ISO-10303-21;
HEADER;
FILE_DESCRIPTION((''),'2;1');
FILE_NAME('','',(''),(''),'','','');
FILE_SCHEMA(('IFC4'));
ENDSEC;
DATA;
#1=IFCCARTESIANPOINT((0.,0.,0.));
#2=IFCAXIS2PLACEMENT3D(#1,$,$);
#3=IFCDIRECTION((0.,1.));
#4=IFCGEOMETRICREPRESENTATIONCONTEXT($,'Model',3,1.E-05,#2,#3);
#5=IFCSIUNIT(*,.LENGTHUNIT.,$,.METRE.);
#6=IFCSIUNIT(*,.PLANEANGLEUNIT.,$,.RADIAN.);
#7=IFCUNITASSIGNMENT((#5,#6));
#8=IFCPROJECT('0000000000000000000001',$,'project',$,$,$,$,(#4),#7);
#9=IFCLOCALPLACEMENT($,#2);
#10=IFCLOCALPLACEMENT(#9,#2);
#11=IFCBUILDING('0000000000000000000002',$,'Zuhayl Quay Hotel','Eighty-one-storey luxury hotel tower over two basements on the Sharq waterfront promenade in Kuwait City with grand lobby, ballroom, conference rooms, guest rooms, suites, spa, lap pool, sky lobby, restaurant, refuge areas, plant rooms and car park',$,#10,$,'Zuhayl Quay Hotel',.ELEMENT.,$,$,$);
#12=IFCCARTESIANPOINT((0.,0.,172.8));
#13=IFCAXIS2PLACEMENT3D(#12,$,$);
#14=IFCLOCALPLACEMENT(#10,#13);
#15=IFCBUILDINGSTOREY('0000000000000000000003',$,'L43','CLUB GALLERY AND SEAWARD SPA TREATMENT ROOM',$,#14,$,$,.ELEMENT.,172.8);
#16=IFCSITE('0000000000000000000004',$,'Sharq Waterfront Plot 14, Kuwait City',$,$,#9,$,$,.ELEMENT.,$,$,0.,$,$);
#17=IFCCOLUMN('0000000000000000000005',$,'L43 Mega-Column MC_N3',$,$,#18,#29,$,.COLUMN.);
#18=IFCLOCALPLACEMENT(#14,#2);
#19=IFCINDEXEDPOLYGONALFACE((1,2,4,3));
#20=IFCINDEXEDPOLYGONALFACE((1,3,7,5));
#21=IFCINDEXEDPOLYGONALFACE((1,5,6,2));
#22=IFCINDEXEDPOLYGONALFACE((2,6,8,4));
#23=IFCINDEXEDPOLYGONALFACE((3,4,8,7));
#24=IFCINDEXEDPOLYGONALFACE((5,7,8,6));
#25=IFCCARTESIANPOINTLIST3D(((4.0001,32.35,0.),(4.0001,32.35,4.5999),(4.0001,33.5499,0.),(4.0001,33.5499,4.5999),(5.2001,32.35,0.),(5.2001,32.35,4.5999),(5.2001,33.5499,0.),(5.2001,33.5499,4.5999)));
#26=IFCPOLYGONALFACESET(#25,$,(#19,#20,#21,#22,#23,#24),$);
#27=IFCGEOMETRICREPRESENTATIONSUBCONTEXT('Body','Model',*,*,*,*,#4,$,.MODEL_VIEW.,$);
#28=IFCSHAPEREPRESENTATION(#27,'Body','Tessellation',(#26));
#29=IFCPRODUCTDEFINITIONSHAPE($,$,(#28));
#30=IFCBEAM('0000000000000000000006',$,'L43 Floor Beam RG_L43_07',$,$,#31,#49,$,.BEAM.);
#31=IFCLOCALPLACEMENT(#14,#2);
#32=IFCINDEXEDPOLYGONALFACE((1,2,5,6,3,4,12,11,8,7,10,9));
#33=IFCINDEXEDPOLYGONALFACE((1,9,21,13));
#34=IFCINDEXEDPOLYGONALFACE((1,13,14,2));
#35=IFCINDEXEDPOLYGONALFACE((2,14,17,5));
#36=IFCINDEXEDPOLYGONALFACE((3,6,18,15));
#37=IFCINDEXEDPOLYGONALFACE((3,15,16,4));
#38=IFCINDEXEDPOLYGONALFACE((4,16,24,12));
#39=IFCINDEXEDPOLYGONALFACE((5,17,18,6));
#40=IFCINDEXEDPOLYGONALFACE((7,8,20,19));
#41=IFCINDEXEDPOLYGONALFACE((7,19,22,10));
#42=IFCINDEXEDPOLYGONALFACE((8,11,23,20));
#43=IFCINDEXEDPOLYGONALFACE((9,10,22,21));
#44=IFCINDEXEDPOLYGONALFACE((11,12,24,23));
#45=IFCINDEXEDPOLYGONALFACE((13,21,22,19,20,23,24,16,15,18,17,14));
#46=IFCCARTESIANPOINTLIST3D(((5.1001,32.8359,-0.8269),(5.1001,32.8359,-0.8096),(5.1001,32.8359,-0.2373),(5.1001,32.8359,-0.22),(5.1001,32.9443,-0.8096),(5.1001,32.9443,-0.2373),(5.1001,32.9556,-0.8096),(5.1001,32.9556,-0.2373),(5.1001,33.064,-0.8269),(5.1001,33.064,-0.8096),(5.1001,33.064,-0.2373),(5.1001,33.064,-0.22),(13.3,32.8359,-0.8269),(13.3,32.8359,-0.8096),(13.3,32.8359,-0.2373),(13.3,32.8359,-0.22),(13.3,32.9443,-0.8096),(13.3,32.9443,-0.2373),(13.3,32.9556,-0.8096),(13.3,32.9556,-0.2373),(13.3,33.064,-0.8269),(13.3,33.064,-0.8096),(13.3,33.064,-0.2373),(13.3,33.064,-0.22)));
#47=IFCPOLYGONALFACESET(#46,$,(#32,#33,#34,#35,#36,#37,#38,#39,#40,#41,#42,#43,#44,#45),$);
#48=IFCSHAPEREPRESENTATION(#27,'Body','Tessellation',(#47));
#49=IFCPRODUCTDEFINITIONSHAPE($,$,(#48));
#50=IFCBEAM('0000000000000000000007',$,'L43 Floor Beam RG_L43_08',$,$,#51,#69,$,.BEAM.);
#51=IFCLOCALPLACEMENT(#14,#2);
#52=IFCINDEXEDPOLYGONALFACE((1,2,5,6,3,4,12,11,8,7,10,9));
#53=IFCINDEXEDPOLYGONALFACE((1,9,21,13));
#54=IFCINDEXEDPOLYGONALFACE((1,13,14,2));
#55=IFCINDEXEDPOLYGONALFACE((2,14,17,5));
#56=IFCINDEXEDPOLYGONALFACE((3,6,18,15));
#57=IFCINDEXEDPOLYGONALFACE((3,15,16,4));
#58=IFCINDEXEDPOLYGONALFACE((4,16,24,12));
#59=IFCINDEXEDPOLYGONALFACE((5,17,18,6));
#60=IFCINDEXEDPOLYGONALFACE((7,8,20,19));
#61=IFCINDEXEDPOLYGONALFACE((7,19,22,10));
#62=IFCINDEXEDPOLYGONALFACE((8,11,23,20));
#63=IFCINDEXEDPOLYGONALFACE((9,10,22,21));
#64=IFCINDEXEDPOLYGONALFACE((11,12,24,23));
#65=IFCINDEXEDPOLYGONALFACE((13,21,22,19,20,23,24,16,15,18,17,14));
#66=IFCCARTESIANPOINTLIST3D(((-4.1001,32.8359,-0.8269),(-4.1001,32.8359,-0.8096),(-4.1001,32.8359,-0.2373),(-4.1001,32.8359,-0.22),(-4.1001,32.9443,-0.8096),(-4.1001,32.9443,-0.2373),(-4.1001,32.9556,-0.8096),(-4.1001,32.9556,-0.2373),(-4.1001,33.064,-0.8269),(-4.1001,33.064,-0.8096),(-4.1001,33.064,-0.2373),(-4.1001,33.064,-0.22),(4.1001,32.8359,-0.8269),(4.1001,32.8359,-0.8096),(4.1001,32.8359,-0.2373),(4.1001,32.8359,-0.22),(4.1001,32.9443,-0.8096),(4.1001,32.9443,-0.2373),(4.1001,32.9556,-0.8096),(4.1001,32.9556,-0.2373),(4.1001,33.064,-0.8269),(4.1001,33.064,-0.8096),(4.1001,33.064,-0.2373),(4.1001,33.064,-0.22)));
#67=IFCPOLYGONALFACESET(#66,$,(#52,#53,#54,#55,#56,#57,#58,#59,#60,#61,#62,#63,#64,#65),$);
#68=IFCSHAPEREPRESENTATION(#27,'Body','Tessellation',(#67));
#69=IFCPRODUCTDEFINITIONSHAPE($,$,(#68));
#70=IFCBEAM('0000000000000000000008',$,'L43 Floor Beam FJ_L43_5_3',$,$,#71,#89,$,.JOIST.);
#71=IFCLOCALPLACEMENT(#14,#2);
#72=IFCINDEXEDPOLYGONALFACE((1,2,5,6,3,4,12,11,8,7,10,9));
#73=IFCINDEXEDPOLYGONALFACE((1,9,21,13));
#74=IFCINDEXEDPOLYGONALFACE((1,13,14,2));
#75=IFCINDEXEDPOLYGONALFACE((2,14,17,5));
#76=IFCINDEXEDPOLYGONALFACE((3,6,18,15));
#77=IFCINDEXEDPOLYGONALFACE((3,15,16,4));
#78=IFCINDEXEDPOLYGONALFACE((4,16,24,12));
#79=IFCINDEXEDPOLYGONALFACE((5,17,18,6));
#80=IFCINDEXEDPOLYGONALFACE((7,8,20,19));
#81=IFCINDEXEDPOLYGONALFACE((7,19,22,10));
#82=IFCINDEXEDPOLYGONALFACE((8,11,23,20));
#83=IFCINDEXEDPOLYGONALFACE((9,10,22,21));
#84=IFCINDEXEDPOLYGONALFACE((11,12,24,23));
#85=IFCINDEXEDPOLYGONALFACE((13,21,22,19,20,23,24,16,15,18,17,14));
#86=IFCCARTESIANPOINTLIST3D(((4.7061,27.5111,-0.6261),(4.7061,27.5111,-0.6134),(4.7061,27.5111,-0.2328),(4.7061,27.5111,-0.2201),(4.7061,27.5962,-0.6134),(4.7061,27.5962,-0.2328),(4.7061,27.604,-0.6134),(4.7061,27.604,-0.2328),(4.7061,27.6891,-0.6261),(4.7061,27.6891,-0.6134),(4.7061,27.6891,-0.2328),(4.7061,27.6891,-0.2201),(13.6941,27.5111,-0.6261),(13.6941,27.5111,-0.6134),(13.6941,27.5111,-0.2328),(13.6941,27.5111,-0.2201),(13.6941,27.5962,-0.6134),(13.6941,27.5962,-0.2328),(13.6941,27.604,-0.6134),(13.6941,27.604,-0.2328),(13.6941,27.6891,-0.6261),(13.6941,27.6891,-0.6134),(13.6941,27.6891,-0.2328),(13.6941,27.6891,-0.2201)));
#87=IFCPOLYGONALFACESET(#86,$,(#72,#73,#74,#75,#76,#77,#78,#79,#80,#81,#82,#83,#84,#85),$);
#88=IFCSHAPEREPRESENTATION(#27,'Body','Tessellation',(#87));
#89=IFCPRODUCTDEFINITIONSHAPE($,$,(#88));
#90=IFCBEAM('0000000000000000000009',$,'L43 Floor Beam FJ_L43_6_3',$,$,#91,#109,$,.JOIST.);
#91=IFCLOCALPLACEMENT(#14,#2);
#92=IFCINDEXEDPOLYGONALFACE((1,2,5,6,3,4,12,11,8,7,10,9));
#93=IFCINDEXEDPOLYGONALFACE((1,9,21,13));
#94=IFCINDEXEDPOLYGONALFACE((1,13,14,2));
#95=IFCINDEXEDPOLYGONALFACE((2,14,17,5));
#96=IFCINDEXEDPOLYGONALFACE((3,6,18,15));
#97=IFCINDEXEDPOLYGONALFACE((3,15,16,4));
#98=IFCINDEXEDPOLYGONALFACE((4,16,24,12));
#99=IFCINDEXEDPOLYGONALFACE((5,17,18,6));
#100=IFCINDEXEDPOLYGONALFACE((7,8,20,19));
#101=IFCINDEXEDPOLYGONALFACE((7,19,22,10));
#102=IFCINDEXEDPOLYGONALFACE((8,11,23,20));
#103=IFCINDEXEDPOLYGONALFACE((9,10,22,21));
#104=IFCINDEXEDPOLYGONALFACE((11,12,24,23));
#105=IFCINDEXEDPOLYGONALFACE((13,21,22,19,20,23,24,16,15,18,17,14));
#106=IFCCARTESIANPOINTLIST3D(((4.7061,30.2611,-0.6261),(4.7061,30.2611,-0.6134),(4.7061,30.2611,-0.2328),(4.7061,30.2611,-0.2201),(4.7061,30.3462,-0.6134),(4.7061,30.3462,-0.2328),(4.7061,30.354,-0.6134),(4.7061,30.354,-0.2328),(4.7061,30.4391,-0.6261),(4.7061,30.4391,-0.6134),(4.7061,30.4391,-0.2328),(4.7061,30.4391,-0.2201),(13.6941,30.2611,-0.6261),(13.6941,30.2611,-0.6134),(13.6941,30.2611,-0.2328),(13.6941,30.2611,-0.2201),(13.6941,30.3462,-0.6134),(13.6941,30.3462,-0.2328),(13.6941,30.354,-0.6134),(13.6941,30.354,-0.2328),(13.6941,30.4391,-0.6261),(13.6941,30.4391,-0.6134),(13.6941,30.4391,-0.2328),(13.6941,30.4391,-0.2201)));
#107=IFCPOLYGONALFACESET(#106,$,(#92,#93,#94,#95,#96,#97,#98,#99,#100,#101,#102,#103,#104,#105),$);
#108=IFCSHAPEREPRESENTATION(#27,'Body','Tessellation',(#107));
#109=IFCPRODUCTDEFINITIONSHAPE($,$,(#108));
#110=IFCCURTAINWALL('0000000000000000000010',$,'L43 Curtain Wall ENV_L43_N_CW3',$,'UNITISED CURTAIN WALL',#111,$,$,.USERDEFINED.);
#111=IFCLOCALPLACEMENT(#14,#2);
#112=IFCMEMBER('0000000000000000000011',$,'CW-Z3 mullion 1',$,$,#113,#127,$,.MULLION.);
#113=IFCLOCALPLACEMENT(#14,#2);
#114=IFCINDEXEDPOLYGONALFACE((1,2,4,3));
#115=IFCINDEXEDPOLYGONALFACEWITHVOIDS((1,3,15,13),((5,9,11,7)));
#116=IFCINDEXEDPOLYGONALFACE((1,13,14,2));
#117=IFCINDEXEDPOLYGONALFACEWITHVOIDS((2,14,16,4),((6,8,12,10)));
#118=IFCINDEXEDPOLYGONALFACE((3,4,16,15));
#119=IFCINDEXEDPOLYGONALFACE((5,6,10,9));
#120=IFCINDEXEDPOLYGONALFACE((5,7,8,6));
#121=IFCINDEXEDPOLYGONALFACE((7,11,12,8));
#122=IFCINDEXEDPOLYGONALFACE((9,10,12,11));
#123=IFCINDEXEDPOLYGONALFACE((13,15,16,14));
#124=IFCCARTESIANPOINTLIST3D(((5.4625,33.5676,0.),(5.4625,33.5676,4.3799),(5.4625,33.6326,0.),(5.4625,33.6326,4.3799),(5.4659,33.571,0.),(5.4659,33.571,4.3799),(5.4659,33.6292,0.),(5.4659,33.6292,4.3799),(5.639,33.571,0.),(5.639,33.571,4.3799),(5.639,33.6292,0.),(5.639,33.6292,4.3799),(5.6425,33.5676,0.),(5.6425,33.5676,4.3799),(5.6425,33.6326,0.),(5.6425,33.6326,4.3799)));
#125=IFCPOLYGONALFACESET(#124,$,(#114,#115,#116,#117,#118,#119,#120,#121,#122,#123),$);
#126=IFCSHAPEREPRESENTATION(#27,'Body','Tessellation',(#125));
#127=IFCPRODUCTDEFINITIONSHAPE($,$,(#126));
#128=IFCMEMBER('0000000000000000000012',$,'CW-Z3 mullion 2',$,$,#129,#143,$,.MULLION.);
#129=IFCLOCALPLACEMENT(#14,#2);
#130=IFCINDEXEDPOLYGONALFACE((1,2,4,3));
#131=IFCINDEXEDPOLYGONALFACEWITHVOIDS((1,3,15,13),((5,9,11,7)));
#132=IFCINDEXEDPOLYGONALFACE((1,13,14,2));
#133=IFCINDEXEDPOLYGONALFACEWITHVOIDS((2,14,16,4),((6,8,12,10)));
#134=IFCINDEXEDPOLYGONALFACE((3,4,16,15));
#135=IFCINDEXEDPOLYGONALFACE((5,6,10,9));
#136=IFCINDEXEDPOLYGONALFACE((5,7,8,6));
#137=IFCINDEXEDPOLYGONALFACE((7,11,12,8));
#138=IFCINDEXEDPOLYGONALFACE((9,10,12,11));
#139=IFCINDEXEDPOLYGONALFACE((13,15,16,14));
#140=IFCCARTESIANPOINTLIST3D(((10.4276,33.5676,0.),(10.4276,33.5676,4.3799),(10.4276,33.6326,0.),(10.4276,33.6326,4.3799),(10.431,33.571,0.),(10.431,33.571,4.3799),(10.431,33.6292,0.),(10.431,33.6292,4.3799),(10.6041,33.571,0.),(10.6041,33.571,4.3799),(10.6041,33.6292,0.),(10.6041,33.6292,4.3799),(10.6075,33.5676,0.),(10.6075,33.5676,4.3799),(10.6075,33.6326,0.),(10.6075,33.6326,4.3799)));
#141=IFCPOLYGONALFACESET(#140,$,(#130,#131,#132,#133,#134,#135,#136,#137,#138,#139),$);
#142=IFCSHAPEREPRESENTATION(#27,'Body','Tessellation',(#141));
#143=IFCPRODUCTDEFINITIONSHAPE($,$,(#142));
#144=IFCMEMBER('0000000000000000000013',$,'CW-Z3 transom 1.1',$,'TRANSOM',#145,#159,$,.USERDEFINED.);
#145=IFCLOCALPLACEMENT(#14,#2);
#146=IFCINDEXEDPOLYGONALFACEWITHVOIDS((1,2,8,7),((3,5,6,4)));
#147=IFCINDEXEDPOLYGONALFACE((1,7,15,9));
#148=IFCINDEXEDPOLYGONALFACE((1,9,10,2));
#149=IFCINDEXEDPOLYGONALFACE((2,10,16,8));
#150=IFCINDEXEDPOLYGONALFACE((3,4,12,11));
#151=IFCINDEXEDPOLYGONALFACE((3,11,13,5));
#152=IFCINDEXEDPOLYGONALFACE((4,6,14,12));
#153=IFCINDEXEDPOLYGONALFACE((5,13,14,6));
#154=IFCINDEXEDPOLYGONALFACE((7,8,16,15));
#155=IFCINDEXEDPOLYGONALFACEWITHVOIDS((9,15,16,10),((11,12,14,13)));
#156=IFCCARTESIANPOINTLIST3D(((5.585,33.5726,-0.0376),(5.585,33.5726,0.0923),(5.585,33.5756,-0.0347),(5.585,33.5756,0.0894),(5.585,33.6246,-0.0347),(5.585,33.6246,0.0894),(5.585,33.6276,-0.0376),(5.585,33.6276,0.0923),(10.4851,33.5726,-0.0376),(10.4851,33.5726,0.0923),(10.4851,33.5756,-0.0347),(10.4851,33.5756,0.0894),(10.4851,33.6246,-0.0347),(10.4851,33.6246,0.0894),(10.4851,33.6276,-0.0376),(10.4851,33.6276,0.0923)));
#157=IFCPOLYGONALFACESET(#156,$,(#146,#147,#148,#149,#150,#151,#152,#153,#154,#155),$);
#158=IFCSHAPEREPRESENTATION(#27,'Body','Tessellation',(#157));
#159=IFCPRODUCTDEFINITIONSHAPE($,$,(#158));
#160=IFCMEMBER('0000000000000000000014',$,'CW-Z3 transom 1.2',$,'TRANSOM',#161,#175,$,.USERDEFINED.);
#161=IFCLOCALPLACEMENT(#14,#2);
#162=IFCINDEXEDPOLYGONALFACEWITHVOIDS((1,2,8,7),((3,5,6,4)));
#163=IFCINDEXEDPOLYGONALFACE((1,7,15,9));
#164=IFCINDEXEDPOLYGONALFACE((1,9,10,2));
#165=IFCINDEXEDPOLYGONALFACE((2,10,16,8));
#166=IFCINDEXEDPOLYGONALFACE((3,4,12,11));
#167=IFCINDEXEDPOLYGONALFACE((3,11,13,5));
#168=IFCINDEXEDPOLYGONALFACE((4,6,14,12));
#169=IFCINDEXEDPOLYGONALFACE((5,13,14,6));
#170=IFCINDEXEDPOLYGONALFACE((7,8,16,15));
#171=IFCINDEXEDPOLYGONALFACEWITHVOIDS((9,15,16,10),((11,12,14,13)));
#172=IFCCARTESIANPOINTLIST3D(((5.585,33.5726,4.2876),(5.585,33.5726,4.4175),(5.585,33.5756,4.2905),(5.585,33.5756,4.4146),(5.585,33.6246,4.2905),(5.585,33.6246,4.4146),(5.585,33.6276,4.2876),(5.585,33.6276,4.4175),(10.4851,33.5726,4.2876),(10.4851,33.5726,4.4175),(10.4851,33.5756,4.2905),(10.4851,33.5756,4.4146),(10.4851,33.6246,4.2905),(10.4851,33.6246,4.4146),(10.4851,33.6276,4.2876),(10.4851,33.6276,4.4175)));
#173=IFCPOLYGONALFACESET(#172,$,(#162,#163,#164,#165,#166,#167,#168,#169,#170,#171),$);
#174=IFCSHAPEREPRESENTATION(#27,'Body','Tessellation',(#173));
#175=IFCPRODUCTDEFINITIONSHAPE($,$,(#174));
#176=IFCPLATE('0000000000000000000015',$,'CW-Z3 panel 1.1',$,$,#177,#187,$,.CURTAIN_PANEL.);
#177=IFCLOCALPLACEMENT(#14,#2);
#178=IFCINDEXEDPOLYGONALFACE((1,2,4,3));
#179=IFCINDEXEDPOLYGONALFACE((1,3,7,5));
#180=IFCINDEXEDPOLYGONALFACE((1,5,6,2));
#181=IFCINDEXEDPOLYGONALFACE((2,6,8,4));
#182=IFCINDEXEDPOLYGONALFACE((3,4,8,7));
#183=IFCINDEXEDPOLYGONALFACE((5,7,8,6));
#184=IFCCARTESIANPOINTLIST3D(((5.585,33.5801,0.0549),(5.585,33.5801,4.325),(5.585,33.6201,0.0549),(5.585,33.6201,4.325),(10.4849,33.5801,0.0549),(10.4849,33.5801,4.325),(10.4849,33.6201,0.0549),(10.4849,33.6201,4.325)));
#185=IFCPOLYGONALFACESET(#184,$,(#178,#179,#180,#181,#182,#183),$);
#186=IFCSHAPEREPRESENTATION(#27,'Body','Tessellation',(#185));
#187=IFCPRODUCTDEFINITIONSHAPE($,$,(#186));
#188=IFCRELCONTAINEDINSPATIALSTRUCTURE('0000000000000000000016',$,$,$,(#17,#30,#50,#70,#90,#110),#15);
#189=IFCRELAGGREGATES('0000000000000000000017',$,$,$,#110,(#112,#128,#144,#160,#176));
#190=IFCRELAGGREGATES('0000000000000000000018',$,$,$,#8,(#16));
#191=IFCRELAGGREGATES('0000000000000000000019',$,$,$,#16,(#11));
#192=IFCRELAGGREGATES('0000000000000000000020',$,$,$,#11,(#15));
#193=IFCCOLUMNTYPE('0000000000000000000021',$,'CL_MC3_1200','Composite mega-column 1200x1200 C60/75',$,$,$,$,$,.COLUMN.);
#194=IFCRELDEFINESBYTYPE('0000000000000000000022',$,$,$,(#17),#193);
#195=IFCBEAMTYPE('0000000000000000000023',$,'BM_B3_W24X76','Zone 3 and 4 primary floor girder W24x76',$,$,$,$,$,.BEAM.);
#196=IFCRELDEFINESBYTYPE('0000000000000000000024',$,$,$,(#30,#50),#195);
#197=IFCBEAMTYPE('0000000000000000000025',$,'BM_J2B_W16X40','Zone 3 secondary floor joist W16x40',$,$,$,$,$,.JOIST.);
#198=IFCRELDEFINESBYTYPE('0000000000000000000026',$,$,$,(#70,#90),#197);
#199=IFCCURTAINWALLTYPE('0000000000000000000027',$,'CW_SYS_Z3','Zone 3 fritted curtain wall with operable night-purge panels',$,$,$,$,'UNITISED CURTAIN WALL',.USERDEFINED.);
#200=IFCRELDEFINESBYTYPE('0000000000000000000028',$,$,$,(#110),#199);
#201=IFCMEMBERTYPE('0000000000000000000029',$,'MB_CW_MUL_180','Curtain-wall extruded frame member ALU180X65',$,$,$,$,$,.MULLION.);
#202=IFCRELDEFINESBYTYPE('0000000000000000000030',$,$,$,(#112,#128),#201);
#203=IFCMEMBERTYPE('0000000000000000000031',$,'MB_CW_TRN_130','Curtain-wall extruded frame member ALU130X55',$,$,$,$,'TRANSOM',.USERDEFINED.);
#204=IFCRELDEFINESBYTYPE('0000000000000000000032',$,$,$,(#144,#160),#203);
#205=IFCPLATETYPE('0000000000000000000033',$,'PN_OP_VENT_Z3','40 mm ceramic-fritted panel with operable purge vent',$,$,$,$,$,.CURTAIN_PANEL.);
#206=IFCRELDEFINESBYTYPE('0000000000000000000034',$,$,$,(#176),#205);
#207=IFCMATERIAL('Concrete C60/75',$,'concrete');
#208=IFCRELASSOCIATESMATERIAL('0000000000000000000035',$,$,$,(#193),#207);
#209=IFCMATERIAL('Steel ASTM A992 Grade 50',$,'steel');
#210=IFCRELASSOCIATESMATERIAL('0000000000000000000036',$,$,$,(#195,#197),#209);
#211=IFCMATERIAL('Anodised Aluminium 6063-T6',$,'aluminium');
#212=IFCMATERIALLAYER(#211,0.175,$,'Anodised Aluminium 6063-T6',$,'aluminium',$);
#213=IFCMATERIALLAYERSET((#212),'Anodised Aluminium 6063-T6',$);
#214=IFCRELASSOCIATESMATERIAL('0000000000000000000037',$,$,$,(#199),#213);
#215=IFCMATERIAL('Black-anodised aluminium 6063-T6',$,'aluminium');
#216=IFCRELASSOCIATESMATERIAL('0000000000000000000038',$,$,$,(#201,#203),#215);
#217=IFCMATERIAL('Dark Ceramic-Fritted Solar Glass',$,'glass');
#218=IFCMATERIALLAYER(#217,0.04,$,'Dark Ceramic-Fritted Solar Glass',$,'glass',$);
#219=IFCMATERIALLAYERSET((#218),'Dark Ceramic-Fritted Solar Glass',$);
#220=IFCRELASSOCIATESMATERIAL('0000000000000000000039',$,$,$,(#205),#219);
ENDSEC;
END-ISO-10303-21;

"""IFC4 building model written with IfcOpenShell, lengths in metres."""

from ifc_helpers import new_model, si_unit, direction, frame, origin, origin_2d, place, context, subcontext, project, spatial, rectangle, hollow_rectangle, i_section, extrude, material, layer, layer_set, material_profile, profile_set, type_object, element, aggregate, save


model = new_model("IFC4")

# Units and contexts
model_context = context("Model", 3, precision=1e-05, world=origin(), true_north=direction((0.0, 1.0)))
body_context = subcontext(model_context, "Body", "Model", "MODEL_VIEW")
ifc_project = project(units=[si_unit("LENGTHUNIT", "METRE"), si_unit("PLANEANGLEUNIT", "RADIAN")], contexts=[model_context])

# Site, building, storey
site_placement = place(None, origin())
site = spatial("IfcSite", under=ifc_project, at=site_placement, Name="Sharq Waterfront Plot 14, Kuwait City", CompositionType="ELEMENT", RefElevation=0.0)
building_placement = place(site_placement, origin())
building = spatial("IfcBuilding", under=site, at=building_placement, Name="Zuhayl Quay Hotel", Description="Eighty-one-storey luxury hotel tower over two basements on the Sharq waterfront promenade in Kuwait City with grand lobby, ballroom, conference rooms, guest rooms, suites, spa, lap pool, sky lobby, restaurant, refuge areas, plant rooms and car park", LongName="Zuhayl Quay Hotel", CompositionType="ELEMENT")
storey_placement = place(building_placement, frame((0.0, 0.0, 172.8)))
storey = spatial("IfcBuildingStorey", under=building, at=storey_placement, Name="L43", Description="CLUB GALLERY AND SEAWARD SPA TREATMENT ROOM", CompositionType="ELEMENT", Elevation=172.8)

# Column
ifc_material_1 = material(Name="Concrete C60/75", Category="concrete")
ifc_material_profile_1 = material_profile(ifc_material_1, rectangle(XDim=1.2, YDim=1.2, at=origin_2d()), Name="RC1200X1200")
ifc_profile_set_1 = profile_set([ifc_material_profile_1], Name="Concrete C60/75")
column_type = type_object("IfcColumnType", Name="CL_MC3_1200", Description="Composite mega-column 1200x1200 C60/75", PredefinedType="COLUMN", material=ifc_profile_set_1)
column_placement = place(storey_placement, frame((4.6001, 32.95, 0.0), z_axis=(0.0, 0.0, 1.0), x_axis=(1.0, 0.0, 0.0)))
element("IfcColumn", 1, at=column_placement, inside=storey, type_object=column_type, Name="L43 Mega-Column MC_N3", PredefinedType="COLUMN", context=body_context, shape_type="SweptSolid", body=[
    extrude(rectangle(XDim=1.2, YDim=1.2, at=origin_2d()), origin(), (0.0, 0.0, 1.0), 4.5999),
])

# Beams
ifc_material_2 = material(Name="Steel ASTM A992 Grade 50", Category="steel")
ifc_material_profile_2 = material_profile(ifc_material_2, i_section(OverallWidth=0.228, OverallDepth=0.6069, WebThickness=0.0112, FlangeThickness=0.0173, at=origin_2d()), Name="W24X76")
ifc_profile_set_2 = profile_set([ifc_material_profile_2], Name="Steel ASTM A992 Grade 50")
beam_type_1 = type_object("IfcBeamType", Name="BM_B3_W24X76", Description="Zone 3 and 4 primary floor girder W24x76", PredefinedType="BEAM", material=ifc_profile_set_2)
beam_1_placement = place(storey_placement, frame((13.3, 32.95, -0.5234), z_axis=(-1.0, 0.0, 0.0), x_axis=(0.0, -1.0, 0.0)))
element("IfcBeam", 2, at=beam_1_placement, inside=storey, type_object=beam_type_1, Name="L43 Floor Beam RG_L43_07", PredefinedType="BEAM", context=body_context, shape_type="SweptSolid", body=[
    extrude(i_section(OverallWidth=0.228, OverallDepth=0.6069, WebThickness=0.0112, FlangeThickness=0.0173, at=origin_2d()), origin(), (0.0, 0.0, 1.0), 8.2),
])
beam_2_placement = place(storey_placement, frame((4.1001, 32.95, -0.5234), z_axis=(-1.0, 0.0, 0.0), x_axis=(0.0, -1.0, 0.0)))
element("IfcBeam", 3, at=beam_2_placement, inside=storey, type_object=beam_type_1, Name="L43 Floor Beam RG_L43_08", PredefinedType="BEAM", context=body_context, shape_type="SweptSolid", body=[
    extrude(i_section(OverallWidth=0.228, OverallDepth=0.6069, WebThickness=0.0112, FlangeThickness=0.0173, at=origin_2d()), origin(), (0.0, 0.0, 1.0), 8.2002),
])
ifc_material_profile_3 = material_profile(ifc_material_2, i_section(OverallWidth=0.178, OverallDepth=0.406, WebThickness=0.0078, FlangeThickness=0.0127, at=origin_2d()), Name="W16X40")
ifc_profile_set_3 = profile_set([ifc_material_profile_3], Name="Steel ASTM A992 Grade 50")
beam_type_2 = type_object("IfcBeamType", Name="BM_J2B_W16X40", Description="Zone 3 secondary floor joist W16x40", PredefinedType="JOIST", material=ifc_profile_set_3)
for number, where, z_axis, x_axis, name in (
    (4, (4.7061, 27.6001, -0.4231), (1.0, 0.0, 0.0), (0.0, 1.0, 0.0), "L43 Floor Beam FJ_L43_5_3"),
    (5, (4.7061, 30.3501, -0.4231), (1.0, 0.0, 0.0), (0.0, 1.0, 0.0), "L43 Floor Beam FJ_L43_6_3"),
):
    element("IfcBeam", number, at=place(storey_placement, frame(where, z_axis=z_axis, x_axis=x_axis)), inside=storey, type_object=beam_type_2, Name=name, PredefinedType="JOIST", context=body_context, shape_type="SweptSolid", body=[
        extrude(i_section(OverallWidth=0.178, OverallDepth=0.406, WebThickness=0.0078, FlangeThickness=0.0127, at=origin_2d()), origin(), (0.0, 0.0, 1.0), 8.988),
    ])

# Curtain wall, members, plate
ifc_material_3 = material(Name="Anodised Aluminium 6063-T6", Category="aluminium")
ifc_layer_1 = layer(ifc_material_3, 0.175, Name="Anodised Aluminium 6063-T6", Category="aluminium")
ifc_layer_set_1 = layer_set([ifc_layer_1], Name="Anodised Aluminium 6063-T6")
curtain_wall_type = type_object("IfcCurtainWallType", Name="CW_SYS_Z3", Description="Zone 3 fritted curtain wall with operable night-purge panels", ElementType="UNITISED CURTAIN WALL", PredefinedType="USERDEFINED", material=ifc_layer_set_1)
curtain_wall_placement = place(storey_placement, origin())
curtain_wall = element("IfcCurtainWall", 6, at=curtain_wall_placement, inside=storey, type_object=curtain_wall_type, Name="L43 Curtain Wall ENV_L43_N_CW3", ObjectType="UNITISED CURTAIN WALL", PredefinedType="USERDEFINED")
ifc_material_4 = material(Name="Black-anodised aluminium 6063-T6", Category="aluminium")
ifc_material_profile_4 = material_profile(ifc_material_4, hollow_rectangle(XDim=0.0649, YDim=0.1799, WallThickness=0.0034, at=origin_2d()), Name="ALU180X65")
ifc_profile_set_4 = profile_set([ifc_material_profile_4], Name="Black-anodised aluminium 6063-T6")
member_type_1 = type_object("IfcMemberType", Name="MB_CW_MUL_180", Description="Curtain-wall extruded frame member ALU180X65", PredefinedType="MULLION", material=ifc_profile_set_4)
member_1_placement = place(storey_placement, frame((5.5525, 33.6001, 0.0), z_axis=(0.0, 0.0, 1.0), x_axis=(0.0, 1.0, 0.0)))
member_1 = element("IfcMember", 7, at=member_1_placement, type_object=member_type_1, Name="CW-Z3 mullion 1", PredefinedType="MULLION", context=body_context, shape_type="SweptSolid", body=[
    extrude(hollow_rectangle(XDim=0.0649, YDim=0.1799, WallThickness=0.0034, at=origin_2d()), origin(), (0.0, 0.0, 1.0), 4.3799),
])
member_2_placement = place(storey_placement, frame((10.5176, 33.6001, 0.0), z_axis=(0.0, 0.0, 1.0), x_axis=(0.0, 1.0, 0.0)))
member_2 = element("IfcMember", 8, at=member_2_placement, type_object=member_type_1, Name="CW-Z3 mullion 2", PredefinedType="MULLION", context=body_context, shape_type="SweptSolid", body=[
    extrude(hollow_rectangle(XDim=0.0649, YDim=0.1799, WallThickness=0.0034, at=origin_2d()), origin(), (0.0, 0.0, 1.0), 4.3799),
])
ifc_material_profile_5 = material_profile(ifc_material_4, hollow_rectangle(XDim=0.0549, YDim=0.1299, WallThickness=0.0029, at=origin_2d()), Name="ALU130X55")
ifc_profile_set_5 = profile_set([ifc_material_profile_5], Name="Black-anodised aluminium 6063-T6")
member_type_2 = type_object("IfcMemberType", Name="MB_CW_TRN_130", Description="Curtain-wall extruded frame member ALU130X55", ElementType="TRANSOM", PredefinedType="USERDEFINED", material=ifc_profile_set_5)
member_3_placement = place(storey_placement, frame((5.585, 33.6001, 0.0273), z_axis=(1.0, 0.0, 0.0), x_axis=(0.0, 1.0, 0.0)))
member_3 = element("IfcMember", 9, at=member_3_placement, type_object=member_type_2, Name="CW-Z3 transom 1.1", ObjectType="TRANSOM", PredefinedType="USERDEFINED", context=body_context, shape_type="SweptSolid", body=[
    extrude(hollow_rectangle(XDim=0.0549, YDim=0.1299, WallThickness=0.0029, at=origin_2d()), origin(), (0.0, 0.0, 1.0), 4.9001),
])
member_4_placement = place(storey_placement, frame((5.585, 33.6001, 4.3525), z_axis=(1.0, 0.0, 0.0), x_axis=(0.0, 1.0, 0.0)))
member_4 = element("IfcMember", 10, at=member_4_placement, type_object=member_type_2, Name="CW-Z3 transom 1.2", ObjectType="TRANSOM", PredefinedType="USERDEFINED", context=body_context, shape_type="SweptSolid", body=[
    extrude(hollow_rectangle(XDim=0.0549, YDim=0.1299, WallThickness=0.0029, at=origin_2d()), origin(), (0.0, 0.0, 1.0), 4.9001),
])
ifc_material_5 = material(Name="Dark Ceramic-Fritted Solar Glass", Category="glass")
ifc_layer_2 = layer(ifc_material_5, 0.04, Name="Dark Ceramic-Fritted Solar Glass", Category="glass")
ifc_layer_set_2 = layer_set([ifc_layer_2], Name="Dark Ceramic-Fritted Solar Glass")
plate_type = type_object("IfcPlateType", Name="PN_OP_VENT_Z3", Description="40 mm ceramic-fritted panel with operable purge vent", PredefinedType="CURTAIN_PANEL", material=ifc_layer_set_2)
plate_placement = place(storey_placement, frame((8.0349, 33.6001, 0.0549), z_axis=(0.0, 0.0, 1.0), x_axis=(1.0, 0.0, 0.0)))
plate = element("IfcPlate", 11, at=plate_placement, type_object=plate_type, Name="CW-Z3 panel 1.1", PredefinedType="CURTAIN_PANEL", context=body_context, shape_type="SweptSolid", body=[
    extrude(rectangle(XDim=4.8999, YDim=0.04, at=origin_2d()), origin(), (0.0, 0.0, 1.0), 4.27),
])
aggregate(curtain_wall, [member_1, member_2, member_3, member_4, plate])

save(model, "model.ifc")
